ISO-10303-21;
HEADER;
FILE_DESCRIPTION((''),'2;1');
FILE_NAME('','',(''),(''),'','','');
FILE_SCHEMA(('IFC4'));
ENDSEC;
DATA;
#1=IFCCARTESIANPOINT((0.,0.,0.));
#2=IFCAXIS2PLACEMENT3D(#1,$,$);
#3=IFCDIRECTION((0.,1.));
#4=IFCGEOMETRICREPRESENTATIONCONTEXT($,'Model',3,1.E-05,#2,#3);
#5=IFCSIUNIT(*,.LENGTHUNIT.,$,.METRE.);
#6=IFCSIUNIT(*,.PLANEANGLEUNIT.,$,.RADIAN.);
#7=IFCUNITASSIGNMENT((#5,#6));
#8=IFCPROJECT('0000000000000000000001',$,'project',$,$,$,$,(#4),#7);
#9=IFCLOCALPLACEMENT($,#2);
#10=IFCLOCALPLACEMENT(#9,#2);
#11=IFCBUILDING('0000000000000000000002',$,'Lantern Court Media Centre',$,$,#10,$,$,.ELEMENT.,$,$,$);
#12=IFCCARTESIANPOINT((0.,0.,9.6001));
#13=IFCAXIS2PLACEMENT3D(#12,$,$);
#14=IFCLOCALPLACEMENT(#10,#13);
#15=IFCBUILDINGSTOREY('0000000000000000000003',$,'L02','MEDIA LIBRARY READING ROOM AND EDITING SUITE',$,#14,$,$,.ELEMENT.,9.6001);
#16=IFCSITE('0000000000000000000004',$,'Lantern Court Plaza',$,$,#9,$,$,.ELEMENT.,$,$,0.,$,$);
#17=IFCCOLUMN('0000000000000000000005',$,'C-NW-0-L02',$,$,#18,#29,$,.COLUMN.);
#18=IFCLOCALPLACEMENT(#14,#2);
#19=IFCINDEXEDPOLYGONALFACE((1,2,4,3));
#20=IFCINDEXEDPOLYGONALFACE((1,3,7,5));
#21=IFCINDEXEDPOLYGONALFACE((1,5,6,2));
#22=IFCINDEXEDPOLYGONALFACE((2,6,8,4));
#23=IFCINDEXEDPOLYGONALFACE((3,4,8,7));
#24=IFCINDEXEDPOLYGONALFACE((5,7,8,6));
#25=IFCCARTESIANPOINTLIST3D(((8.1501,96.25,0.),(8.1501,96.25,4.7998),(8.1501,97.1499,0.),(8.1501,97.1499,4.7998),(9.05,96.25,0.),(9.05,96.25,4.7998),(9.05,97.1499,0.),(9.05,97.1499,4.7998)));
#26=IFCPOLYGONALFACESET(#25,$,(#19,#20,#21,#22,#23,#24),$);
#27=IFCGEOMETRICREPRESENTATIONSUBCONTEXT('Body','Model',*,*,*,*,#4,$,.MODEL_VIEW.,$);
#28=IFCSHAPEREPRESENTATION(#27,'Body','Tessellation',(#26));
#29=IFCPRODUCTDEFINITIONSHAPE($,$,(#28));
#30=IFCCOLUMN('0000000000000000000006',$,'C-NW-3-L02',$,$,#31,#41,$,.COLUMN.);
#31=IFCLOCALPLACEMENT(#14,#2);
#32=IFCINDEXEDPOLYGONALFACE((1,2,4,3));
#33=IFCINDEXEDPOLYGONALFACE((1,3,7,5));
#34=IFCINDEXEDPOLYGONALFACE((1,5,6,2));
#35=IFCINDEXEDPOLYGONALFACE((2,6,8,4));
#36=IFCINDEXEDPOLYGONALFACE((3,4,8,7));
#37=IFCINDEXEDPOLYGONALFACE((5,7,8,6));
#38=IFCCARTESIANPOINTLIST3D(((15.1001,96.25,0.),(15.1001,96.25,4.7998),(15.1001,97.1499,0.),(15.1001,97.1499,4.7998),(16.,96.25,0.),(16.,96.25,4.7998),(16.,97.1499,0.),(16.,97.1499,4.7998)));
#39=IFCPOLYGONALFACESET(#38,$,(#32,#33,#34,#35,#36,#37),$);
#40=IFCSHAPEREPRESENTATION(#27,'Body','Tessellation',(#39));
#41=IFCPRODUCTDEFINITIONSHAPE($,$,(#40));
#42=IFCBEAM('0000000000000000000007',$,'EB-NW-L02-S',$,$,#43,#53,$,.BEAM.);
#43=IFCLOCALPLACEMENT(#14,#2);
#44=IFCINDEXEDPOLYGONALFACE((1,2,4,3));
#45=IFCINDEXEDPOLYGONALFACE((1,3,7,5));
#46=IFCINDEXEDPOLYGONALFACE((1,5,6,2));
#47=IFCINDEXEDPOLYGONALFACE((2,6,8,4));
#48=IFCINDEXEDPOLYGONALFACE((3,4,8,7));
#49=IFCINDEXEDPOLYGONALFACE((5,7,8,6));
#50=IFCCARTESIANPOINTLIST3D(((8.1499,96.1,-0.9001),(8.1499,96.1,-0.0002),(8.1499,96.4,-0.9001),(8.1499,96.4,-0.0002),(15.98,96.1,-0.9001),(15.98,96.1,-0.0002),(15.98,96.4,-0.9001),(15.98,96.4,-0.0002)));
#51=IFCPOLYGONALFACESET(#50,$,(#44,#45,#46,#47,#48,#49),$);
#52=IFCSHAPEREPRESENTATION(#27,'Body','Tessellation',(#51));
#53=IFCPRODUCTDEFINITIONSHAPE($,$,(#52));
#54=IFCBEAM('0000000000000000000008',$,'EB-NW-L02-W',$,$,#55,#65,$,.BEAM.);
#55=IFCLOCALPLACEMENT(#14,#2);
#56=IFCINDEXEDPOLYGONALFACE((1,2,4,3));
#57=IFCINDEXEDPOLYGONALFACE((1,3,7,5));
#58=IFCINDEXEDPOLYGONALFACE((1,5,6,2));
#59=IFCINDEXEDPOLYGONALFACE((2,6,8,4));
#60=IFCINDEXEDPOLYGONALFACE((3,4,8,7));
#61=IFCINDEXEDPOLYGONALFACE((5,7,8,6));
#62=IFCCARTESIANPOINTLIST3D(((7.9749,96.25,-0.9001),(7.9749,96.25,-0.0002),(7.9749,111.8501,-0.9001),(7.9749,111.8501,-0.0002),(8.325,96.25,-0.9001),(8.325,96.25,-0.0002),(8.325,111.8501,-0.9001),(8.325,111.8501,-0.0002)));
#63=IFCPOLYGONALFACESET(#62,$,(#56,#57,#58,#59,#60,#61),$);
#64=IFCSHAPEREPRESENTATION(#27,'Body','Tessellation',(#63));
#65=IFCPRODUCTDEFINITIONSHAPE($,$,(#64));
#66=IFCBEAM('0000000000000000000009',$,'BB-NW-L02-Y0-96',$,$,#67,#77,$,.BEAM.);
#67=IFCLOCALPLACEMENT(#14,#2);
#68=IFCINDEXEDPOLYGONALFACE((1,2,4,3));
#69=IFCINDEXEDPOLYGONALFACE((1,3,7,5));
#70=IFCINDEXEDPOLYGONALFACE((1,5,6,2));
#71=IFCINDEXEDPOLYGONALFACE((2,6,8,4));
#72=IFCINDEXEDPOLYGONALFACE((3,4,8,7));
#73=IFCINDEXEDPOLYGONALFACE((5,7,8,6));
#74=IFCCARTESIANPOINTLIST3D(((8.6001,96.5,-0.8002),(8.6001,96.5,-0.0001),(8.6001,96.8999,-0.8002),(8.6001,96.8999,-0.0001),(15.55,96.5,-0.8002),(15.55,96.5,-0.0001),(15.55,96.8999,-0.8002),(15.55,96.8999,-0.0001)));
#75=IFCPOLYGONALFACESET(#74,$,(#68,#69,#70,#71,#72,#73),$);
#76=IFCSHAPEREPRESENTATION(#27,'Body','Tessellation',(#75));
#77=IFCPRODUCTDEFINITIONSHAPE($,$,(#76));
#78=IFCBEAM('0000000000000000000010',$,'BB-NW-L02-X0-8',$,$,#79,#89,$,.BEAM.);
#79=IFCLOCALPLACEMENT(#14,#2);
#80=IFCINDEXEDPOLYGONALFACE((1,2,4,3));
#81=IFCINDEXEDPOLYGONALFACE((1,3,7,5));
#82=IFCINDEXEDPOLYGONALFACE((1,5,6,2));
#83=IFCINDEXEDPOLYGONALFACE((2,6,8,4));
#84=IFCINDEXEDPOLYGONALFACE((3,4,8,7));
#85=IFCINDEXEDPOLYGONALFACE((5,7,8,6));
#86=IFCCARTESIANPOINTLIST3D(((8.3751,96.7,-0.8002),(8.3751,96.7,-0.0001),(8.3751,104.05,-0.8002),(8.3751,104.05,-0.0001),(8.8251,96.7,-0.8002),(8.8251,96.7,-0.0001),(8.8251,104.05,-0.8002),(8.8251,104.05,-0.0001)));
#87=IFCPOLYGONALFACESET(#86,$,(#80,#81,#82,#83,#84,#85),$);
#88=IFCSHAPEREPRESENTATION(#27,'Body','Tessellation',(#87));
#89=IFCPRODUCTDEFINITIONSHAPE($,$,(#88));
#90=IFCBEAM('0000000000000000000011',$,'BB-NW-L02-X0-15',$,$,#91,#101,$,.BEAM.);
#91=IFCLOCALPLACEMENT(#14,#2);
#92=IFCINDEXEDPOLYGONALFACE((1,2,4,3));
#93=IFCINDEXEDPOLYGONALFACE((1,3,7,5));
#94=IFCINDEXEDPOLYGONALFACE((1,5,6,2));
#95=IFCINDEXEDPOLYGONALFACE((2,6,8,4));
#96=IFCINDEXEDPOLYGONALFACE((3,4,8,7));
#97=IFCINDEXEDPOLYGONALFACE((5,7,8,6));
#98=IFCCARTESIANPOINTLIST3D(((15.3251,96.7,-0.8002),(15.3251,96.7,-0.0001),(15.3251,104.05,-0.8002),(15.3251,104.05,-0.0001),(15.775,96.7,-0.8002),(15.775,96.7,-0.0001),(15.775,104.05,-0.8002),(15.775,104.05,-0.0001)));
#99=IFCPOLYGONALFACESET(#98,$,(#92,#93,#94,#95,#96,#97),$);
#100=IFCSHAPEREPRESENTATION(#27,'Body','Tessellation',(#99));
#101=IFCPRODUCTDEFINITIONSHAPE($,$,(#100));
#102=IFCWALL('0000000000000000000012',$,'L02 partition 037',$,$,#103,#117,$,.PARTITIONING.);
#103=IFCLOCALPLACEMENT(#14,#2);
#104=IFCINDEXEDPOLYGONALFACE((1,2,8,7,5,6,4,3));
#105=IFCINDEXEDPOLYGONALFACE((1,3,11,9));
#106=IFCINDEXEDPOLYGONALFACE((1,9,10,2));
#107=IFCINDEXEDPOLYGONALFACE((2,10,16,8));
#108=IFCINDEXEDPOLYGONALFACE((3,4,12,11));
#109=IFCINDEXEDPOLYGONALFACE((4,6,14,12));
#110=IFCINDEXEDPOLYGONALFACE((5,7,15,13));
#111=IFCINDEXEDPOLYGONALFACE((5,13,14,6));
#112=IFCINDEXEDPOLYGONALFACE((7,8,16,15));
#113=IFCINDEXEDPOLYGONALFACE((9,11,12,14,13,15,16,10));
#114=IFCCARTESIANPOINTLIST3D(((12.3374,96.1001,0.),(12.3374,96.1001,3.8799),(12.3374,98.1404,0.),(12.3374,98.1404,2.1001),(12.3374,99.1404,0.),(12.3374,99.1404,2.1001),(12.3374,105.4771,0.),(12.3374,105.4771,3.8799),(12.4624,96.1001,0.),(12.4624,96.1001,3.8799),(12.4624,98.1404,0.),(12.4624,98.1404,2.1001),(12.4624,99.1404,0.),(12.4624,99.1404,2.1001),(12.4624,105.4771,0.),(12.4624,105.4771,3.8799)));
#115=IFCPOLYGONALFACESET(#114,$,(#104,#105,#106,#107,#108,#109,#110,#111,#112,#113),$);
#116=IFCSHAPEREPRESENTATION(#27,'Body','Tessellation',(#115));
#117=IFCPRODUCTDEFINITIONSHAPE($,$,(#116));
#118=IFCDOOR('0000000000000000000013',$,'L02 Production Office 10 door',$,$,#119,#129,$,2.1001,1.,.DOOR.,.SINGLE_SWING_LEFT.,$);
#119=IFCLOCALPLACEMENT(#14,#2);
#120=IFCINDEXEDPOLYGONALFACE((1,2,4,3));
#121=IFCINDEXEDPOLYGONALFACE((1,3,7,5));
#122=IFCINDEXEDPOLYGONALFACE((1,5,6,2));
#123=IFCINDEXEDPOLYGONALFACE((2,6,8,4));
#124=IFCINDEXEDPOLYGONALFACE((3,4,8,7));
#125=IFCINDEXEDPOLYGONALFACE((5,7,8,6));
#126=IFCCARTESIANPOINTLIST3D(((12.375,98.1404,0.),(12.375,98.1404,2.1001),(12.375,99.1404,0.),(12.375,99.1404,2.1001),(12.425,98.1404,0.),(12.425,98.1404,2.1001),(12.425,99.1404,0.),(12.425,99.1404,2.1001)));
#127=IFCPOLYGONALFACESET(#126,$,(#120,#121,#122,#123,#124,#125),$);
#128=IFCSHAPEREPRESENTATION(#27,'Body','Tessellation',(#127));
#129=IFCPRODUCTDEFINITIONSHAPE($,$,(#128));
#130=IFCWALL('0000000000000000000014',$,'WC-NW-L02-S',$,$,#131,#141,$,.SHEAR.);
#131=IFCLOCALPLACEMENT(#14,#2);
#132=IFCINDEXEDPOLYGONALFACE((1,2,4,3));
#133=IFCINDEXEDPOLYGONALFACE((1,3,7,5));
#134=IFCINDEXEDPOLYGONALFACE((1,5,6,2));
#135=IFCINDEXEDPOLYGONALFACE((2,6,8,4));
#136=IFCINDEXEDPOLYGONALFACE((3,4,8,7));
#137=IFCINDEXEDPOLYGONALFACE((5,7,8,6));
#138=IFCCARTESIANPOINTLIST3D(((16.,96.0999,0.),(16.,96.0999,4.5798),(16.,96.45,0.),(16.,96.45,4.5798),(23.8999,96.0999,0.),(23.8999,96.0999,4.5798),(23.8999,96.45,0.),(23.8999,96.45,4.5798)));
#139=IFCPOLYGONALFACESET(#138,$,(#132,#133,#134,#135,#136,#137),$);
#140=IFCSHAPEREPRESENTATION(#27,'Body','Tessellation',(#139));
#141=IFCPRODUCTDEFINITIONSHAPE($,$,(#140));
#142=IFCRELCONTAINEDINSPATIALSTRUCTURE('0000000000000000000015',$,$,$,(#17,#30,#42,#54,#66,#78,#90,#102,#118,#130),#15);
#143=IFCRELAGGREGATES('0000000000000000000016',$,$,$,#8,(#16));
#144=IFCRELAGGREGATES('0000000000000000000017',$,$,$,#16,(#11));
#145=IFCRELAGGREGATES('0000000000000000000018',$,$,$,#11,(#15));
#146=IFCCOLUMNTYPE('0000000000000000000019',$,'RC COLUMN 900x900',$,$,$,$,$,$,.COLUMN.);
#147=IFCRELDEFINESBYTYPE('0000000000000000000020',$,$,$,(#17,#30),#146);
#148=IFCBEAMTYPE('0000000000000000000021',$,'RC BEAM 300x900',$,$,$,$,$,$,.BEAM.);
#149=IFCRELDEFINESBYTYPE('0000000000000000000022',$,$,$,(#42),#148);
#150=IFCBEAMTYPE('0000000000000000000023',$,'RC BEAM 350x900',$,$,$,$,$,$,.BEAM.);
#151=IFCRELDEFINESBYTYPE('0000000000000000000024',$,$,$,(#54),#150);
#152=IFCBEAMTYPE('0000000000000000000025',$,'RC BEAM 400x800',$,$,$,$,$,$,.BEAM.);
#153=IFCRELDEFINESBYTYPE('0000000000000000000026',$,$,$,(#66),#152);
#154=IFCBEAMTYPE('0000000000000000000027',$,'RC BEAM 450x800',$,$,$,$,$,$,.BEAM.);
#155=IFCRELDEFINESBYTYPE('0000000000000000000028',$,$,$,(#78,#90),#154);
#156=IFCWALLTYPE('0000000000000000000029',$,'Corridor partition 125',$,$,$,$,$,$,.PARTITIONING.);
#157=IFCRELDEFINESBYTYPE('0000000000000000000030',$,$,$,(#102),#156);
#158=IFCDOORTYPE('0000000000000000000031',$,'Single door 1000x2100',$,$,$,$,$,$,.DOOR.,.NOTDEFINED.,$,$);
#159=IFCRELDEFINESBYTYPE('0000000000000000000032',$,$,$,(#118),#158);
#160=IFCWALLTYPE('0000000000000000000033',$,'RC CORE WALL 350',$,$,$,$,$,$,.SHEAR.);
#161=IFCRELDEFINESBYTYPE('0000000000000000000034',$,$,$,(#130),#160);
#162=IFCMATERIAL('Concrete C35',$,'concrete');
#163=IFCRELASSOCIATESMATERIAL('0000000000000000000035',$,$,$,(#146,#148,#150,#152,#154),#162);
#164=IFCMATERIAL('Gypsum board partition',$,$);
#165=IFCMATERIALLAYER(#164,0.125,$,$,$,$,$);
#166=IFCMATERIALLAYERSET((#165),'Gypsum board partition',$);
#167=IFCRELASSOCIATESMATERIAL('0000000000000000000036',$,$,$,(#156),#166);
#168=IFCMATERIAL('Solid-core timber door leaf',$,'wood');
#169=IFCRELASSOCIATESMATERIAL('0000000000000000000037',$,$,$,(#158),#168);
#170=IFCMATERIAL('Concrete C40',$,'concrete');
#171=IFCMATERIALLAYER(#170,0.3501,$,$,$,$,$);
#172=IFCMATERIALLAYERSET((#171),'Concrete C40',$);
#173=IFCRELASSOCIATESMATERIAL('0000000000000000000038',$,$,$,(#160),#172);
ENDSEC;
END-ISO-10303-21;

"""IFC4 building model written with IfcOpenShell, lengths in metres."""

from ifc_helpers import new_model, si_unit, direction, frame, frame_2d, origin, origin_2d, place, context, subcontext, project, spatial, rectangle, extrude, material, layer, layer_set, material_profile, profile_set, type_object, element, fill, save


model = new_model("IFC4")

# Units and contexts
model_context = context("Model", 3, precision=1e-05, world=origin(), true_north=direction((0.0, 1.0)))
body_context = subcontext(model_context, "Body", "Model", "MODEL_VIEW")
ifc_project = project(units=[si_unit("LENGTHUNIT", "METRE"), si_unit("PLANEANGLEUNIT", "RADIAN")], contexts=[model_context])

# Site, building, storey
site_placement = place(None, origin())
site = spatial("IfcSite", under=ifc_project, at=site_placement, Name="Lantern Court Plaza", CompositionType="ELEMENT", RefElevation=0.0)
building_placement = place(site_placement, origin())
building = spatial("IfcBuilding", under=site, at=building_placement, Name="Lantern Court Media Centre", CompositionType="ELEMENT")
storey_placement = place(building_placement, frame((0.0, 0.0, 9.6001)))
storey = spatial("IfcBuildingStorey", under=building, at=storey_placement, Name="L02", Description="MEDIA LIBRARY READING ROOM AND EDITING SUITE", CompositionType="ELEMENT", Elevation=9.6001)

# Columns
ifc_material_1 = material(Name="Concrete C35", Category="concrete")
ifc_material_profile_1 = material_profile(ifc_material_1, rectangle(XDim=0.8999, YDim=0.8999, at=origin_2d()), Name="RC 900x900")
ifc_profile_set_1 = profile_set([ifc_material_profile_1], Name="Concrete C35")
column_type = type_object("IfcColumnType", Name="RC COLUMN 900x900", PredefinedType="COLUMN", material=ifc_profile_set_1)
for number, where, z_axis, x_axis, name in (
    (1, (8.6001, 96.7, 0.0), (0.0, 0.0, 1.0), (1.0, 0.0, 0.0), "C-NW-0-L02"),
    (2, (15.55, 96.7, 0.0), (0.0, 0.0, 1.0), (1.0, 0.0, 0.0), "C-NW-3-L02"),
):
    element("IfcColumn", number, at=place(storey_placement, frame(where, z_axis=z_axis, x_axis=x_axis)), inside=storey, type_object=column_type, Name=name, PredefinedType="COLUMN", context=body_context, shape_type="SweptSolid", body=[
        extrude(rectangle(XDim=0.8999, YDim=0.8999, at=origin_2d()), origin(), (0.0, 0.0, 1.0), 4.7998),
    ])

# Beams
ifc_material_profile_2 = material_profile(ifc_material_1, rectangle(XDim=0.3, YDim=0.8999, at=origin_2d()), Name="RC 300x900")
ifc_profile_set_2 = profile_set([ifc_material_profile_2], Name="Concrete C35")
beam_type_1 = type_object("IfcBeamType", Name="RC BEAM 300x900", PredefinedType="BEAM", material=ifc_profile_set_2)
beam_1_placement = place(storey_placement, frame((8.1499, 96.25, -0.4502), z_axis=(1.0, 0.0, 0.0), x_axis=(0.0, 1.0, 0.0)))
element("IfcBeam", 3, at=beam_1_placement, inside=storey, type_object=beam_type_1, Name="EB-NW-L02-S", PredefinedType="BEAM", context=body_context, shape_type="SweptSolid", body=[
    extrude(rectangle(XDim=0.3, YDim=0.8999, at=origin_2d()), origin(), (0.0, 0.0, 1.0), 7.8301),
])
ifc_material_profile_3 = material_profile(ifc_material_1, rectangle(XDim=0.3501, YDim=0.8999, at=origin_2d()), Name="RC 350x900")
ifc_profile_set_3 = profile_set([ifc_material_profile_3], Name="Concrete C35")
beam_type_2 = type_object("IfcBeamType", Name="RC BEAM 350x900", PredefinedType="BEAM", material=ifc_profile_set_3)
beam_2_placement = place(storey_placement, frame((8.1499, 96.25, -0.4502), z_axis=(0.0, 1.0, 0.0), x_axis=(-1.0, 0.0, 0.0)))
element("IfcBeam", 4, at=beam_2_placement, inside=storey, type_object=beam_type_2, Name="EB-NW-L02-W", PredefinedType="BEAM", context=body_context, shape_type="SweptSolid", body=[
    extrude(rectangle(XDim=0.3501, YDim=0.8999, at=origin_2d()), origin(), (0.0, 0.0, 1.0), 15.6001),
])
ifc_material_profile_4 = material_profile(ifc_material_1, rectangle(XDim=0.3999, YDim=0.8, at=origin_2d()), Name="RC 400x800")
ifc_profile_set_4 = profile_set([ifc_material_profile_4], Name="Concrete C35")
beam_type_3 = type_object("IfcBeamType", Name="RC BEAM 400x800", PredefinedType="BEAM", material=ifc_profile_set_4)
beam_3_placement = place(storey_placement, frame((8.6001, 96.7, -0.4001), z_axis=(1.0, 0.0, 0.0), x_axis=(0.0, 1.0, 0.0)))
element("IfcBeam", 5, at=beam_3_placement, inside=storey, type_object=beam_type_3, Name="BB-NW-L02-Y0-96", PredefinedType="BEAM", context=body_context, shape_type="SweptSolid", body=[
    extrude(rectangle(XDim=0.3999, YDim=0.8, at=origin_2d()), origin(), (0.0, 0.0, 1.0), 6.95),
])
ifc_material_profile_5 = material_profile(ifc_material_1, rectangle(XDim=0.45, YDim=0.8, at=origin_2d()), Name="RC 450x800")
ifc_profile_set_5 = profile_set([ifc_material_profile_5], Name="Concrete C35")
beam_type_4 = type_object("IfcBeamType", Name="RC BEAM 450x800", PredefinedType="BEAM", material=ifc_profile_set_5)
for number, where, z_axis, x_axis, name in (
    (6, (8.6001, 96.7, -0.4001), (0.0, 1.0, 0.0), (-1.0, 0.0, 0.0), "BB-NW-L02-X0-8"),
    (7, (15.55, 96.7, -0.4001), (0.0, 1.0, 0.0), (-1.0, 0.0, 0.0), "BB-NW-L02-X0-15"),
):
    element("IfcBeam", number, at=place(storey_placement, frame(where, z_axis=z_axis, x_axis=x_axis)), inside=storey, type_object=beam_type_4, Name=name, PredefinedType="BEAM", context=body_context, shape_type="SweptSolid", body=[
        extrude(rectangle(XDim=0.45, YDim=0.8, at=origin_2d()), origin(), (0.0, 0.0, 1.0), 7.3501),
    ])

# Wall, opening, door
ifc_material_2 = material(Name="Gypsum board partition")
ifc_layer_1 = layer(ifc_material_2, 0.125)
ifc_layer_set_1 = layer_set([ifc_layer_1], Name="Gypsum board partition")
wall_type_1 = type_object("IfcWallType", Name="Corridor partition 125", PredefinedType="PARTITIONING", material=ifc_layer_set_1)
wall_1_placement = place(storey_placement, frame((12.3999, 96.1001, 0.0), z_axis=(0.0, 0.0, 1.0), x_axis=(0.0, 1.0, 0.0)))
wall_1 = element("IfcWall", 8, at=wall_1_placement, inside=storey, type_object=wall_type_1, Name="L02 partition 037", PredefinedType="PARTITIONING", context=body_context, shape_type="SweptSolid", body=[
    extrude(rectangle(XDim=9.377, YDim=0.125, at=frame_2d((4.6885, 0.0))), origin(), (0.0, 0.0, 1.0), 3.8799),
])
opening_1_placement = place(wall_1_placement, frame((2.0403, 0.0, 0.0)))
opening_1 = element("IfcOpeningElement", 9, at=opening_1_placement, cuts=wall_1, PredefinedType="OPENING", context=body_context, shape_type="SweptSolid", body=[
    extrude(rectangle(XDim=1.0, YDim=2.1001, at=frame_2d((0.5, 1.05))), frame((0.0, 0.0725, 0.0), z_axis=(0.0, -1.0, 0.0), x_axis=(1.0, 0.0, 0.0)), (0.0, 0.0, 1.0), 0.145),
])
ifc_material_3 = material(Name="Solid-core timber door leaf", Category="wood")
door_type_1 = type_object("IfcDoorType", Name="Single door 1000x2100", OperationType="NOTDEFINED", PredefinedType="DOOR", material=ifc_material_3)
door_1_placement = place(opening_1_placement, origin())
door_1 = element("IfcDoor", 10, at=door_1_placement, inside=storey, type_object=door_type_1, Name="L02 Production Office 10 door", OperationType="SINGLE_SWING_LEFT", OverallHeight=2.1001, OverallWidth=1.0, PredefinedType="DOOR", context=body_context, shape_type="SweptSolid", body=[
    extrude(rectangle(XDim=1.0, YDim=2.1001, at=frame_2d((0.5, 1.05))), frame((0.0, 0.0249, 0.0), z_axis=(0.0, -1.0, 0.0), x_axis=(1.0, 0.0, 0.0)), (0.0, 0.0, 1.0), 0.05),
])
fill(opening_1, door_1)

# Wall
ifc_material_4 = material(Name="Concrete C40", Category="concrete")
ifc_layer_2 = layer(ifc_material_4, 0.3501)
ifc_layer_set_2 = layer_set([ifc_layer_2], Name="Concrete C40")
wall_type_2 = type_object("IfcWallType", Name="RC CORE WALL 350", PredefinedType="SHEAR", material=ifc_layer_set_2)
wall_2_placement = place(storey_placement, frame((16.0, 96.2749, 0.0), z_axis=(0.0, 0.0, 1.0), x_axis=(1.0, 0.0, 0.0)))
element("IfcWall", 11, at=wall_2_placement, inside=storey, type_object=wall_type_2, Name="WC-NW-L02-S", PredefinedType="SHEAR", context=body_context, shape_type="SweptSolid", body=[
    extrude(rectangle(XDim=7.8999, YDim=0.3501, at=frame_2d((3.95, 0.0))), origin(), (0.0, 0.0, 1.0), 4.5798),
])

save(model, "model.ifc")
